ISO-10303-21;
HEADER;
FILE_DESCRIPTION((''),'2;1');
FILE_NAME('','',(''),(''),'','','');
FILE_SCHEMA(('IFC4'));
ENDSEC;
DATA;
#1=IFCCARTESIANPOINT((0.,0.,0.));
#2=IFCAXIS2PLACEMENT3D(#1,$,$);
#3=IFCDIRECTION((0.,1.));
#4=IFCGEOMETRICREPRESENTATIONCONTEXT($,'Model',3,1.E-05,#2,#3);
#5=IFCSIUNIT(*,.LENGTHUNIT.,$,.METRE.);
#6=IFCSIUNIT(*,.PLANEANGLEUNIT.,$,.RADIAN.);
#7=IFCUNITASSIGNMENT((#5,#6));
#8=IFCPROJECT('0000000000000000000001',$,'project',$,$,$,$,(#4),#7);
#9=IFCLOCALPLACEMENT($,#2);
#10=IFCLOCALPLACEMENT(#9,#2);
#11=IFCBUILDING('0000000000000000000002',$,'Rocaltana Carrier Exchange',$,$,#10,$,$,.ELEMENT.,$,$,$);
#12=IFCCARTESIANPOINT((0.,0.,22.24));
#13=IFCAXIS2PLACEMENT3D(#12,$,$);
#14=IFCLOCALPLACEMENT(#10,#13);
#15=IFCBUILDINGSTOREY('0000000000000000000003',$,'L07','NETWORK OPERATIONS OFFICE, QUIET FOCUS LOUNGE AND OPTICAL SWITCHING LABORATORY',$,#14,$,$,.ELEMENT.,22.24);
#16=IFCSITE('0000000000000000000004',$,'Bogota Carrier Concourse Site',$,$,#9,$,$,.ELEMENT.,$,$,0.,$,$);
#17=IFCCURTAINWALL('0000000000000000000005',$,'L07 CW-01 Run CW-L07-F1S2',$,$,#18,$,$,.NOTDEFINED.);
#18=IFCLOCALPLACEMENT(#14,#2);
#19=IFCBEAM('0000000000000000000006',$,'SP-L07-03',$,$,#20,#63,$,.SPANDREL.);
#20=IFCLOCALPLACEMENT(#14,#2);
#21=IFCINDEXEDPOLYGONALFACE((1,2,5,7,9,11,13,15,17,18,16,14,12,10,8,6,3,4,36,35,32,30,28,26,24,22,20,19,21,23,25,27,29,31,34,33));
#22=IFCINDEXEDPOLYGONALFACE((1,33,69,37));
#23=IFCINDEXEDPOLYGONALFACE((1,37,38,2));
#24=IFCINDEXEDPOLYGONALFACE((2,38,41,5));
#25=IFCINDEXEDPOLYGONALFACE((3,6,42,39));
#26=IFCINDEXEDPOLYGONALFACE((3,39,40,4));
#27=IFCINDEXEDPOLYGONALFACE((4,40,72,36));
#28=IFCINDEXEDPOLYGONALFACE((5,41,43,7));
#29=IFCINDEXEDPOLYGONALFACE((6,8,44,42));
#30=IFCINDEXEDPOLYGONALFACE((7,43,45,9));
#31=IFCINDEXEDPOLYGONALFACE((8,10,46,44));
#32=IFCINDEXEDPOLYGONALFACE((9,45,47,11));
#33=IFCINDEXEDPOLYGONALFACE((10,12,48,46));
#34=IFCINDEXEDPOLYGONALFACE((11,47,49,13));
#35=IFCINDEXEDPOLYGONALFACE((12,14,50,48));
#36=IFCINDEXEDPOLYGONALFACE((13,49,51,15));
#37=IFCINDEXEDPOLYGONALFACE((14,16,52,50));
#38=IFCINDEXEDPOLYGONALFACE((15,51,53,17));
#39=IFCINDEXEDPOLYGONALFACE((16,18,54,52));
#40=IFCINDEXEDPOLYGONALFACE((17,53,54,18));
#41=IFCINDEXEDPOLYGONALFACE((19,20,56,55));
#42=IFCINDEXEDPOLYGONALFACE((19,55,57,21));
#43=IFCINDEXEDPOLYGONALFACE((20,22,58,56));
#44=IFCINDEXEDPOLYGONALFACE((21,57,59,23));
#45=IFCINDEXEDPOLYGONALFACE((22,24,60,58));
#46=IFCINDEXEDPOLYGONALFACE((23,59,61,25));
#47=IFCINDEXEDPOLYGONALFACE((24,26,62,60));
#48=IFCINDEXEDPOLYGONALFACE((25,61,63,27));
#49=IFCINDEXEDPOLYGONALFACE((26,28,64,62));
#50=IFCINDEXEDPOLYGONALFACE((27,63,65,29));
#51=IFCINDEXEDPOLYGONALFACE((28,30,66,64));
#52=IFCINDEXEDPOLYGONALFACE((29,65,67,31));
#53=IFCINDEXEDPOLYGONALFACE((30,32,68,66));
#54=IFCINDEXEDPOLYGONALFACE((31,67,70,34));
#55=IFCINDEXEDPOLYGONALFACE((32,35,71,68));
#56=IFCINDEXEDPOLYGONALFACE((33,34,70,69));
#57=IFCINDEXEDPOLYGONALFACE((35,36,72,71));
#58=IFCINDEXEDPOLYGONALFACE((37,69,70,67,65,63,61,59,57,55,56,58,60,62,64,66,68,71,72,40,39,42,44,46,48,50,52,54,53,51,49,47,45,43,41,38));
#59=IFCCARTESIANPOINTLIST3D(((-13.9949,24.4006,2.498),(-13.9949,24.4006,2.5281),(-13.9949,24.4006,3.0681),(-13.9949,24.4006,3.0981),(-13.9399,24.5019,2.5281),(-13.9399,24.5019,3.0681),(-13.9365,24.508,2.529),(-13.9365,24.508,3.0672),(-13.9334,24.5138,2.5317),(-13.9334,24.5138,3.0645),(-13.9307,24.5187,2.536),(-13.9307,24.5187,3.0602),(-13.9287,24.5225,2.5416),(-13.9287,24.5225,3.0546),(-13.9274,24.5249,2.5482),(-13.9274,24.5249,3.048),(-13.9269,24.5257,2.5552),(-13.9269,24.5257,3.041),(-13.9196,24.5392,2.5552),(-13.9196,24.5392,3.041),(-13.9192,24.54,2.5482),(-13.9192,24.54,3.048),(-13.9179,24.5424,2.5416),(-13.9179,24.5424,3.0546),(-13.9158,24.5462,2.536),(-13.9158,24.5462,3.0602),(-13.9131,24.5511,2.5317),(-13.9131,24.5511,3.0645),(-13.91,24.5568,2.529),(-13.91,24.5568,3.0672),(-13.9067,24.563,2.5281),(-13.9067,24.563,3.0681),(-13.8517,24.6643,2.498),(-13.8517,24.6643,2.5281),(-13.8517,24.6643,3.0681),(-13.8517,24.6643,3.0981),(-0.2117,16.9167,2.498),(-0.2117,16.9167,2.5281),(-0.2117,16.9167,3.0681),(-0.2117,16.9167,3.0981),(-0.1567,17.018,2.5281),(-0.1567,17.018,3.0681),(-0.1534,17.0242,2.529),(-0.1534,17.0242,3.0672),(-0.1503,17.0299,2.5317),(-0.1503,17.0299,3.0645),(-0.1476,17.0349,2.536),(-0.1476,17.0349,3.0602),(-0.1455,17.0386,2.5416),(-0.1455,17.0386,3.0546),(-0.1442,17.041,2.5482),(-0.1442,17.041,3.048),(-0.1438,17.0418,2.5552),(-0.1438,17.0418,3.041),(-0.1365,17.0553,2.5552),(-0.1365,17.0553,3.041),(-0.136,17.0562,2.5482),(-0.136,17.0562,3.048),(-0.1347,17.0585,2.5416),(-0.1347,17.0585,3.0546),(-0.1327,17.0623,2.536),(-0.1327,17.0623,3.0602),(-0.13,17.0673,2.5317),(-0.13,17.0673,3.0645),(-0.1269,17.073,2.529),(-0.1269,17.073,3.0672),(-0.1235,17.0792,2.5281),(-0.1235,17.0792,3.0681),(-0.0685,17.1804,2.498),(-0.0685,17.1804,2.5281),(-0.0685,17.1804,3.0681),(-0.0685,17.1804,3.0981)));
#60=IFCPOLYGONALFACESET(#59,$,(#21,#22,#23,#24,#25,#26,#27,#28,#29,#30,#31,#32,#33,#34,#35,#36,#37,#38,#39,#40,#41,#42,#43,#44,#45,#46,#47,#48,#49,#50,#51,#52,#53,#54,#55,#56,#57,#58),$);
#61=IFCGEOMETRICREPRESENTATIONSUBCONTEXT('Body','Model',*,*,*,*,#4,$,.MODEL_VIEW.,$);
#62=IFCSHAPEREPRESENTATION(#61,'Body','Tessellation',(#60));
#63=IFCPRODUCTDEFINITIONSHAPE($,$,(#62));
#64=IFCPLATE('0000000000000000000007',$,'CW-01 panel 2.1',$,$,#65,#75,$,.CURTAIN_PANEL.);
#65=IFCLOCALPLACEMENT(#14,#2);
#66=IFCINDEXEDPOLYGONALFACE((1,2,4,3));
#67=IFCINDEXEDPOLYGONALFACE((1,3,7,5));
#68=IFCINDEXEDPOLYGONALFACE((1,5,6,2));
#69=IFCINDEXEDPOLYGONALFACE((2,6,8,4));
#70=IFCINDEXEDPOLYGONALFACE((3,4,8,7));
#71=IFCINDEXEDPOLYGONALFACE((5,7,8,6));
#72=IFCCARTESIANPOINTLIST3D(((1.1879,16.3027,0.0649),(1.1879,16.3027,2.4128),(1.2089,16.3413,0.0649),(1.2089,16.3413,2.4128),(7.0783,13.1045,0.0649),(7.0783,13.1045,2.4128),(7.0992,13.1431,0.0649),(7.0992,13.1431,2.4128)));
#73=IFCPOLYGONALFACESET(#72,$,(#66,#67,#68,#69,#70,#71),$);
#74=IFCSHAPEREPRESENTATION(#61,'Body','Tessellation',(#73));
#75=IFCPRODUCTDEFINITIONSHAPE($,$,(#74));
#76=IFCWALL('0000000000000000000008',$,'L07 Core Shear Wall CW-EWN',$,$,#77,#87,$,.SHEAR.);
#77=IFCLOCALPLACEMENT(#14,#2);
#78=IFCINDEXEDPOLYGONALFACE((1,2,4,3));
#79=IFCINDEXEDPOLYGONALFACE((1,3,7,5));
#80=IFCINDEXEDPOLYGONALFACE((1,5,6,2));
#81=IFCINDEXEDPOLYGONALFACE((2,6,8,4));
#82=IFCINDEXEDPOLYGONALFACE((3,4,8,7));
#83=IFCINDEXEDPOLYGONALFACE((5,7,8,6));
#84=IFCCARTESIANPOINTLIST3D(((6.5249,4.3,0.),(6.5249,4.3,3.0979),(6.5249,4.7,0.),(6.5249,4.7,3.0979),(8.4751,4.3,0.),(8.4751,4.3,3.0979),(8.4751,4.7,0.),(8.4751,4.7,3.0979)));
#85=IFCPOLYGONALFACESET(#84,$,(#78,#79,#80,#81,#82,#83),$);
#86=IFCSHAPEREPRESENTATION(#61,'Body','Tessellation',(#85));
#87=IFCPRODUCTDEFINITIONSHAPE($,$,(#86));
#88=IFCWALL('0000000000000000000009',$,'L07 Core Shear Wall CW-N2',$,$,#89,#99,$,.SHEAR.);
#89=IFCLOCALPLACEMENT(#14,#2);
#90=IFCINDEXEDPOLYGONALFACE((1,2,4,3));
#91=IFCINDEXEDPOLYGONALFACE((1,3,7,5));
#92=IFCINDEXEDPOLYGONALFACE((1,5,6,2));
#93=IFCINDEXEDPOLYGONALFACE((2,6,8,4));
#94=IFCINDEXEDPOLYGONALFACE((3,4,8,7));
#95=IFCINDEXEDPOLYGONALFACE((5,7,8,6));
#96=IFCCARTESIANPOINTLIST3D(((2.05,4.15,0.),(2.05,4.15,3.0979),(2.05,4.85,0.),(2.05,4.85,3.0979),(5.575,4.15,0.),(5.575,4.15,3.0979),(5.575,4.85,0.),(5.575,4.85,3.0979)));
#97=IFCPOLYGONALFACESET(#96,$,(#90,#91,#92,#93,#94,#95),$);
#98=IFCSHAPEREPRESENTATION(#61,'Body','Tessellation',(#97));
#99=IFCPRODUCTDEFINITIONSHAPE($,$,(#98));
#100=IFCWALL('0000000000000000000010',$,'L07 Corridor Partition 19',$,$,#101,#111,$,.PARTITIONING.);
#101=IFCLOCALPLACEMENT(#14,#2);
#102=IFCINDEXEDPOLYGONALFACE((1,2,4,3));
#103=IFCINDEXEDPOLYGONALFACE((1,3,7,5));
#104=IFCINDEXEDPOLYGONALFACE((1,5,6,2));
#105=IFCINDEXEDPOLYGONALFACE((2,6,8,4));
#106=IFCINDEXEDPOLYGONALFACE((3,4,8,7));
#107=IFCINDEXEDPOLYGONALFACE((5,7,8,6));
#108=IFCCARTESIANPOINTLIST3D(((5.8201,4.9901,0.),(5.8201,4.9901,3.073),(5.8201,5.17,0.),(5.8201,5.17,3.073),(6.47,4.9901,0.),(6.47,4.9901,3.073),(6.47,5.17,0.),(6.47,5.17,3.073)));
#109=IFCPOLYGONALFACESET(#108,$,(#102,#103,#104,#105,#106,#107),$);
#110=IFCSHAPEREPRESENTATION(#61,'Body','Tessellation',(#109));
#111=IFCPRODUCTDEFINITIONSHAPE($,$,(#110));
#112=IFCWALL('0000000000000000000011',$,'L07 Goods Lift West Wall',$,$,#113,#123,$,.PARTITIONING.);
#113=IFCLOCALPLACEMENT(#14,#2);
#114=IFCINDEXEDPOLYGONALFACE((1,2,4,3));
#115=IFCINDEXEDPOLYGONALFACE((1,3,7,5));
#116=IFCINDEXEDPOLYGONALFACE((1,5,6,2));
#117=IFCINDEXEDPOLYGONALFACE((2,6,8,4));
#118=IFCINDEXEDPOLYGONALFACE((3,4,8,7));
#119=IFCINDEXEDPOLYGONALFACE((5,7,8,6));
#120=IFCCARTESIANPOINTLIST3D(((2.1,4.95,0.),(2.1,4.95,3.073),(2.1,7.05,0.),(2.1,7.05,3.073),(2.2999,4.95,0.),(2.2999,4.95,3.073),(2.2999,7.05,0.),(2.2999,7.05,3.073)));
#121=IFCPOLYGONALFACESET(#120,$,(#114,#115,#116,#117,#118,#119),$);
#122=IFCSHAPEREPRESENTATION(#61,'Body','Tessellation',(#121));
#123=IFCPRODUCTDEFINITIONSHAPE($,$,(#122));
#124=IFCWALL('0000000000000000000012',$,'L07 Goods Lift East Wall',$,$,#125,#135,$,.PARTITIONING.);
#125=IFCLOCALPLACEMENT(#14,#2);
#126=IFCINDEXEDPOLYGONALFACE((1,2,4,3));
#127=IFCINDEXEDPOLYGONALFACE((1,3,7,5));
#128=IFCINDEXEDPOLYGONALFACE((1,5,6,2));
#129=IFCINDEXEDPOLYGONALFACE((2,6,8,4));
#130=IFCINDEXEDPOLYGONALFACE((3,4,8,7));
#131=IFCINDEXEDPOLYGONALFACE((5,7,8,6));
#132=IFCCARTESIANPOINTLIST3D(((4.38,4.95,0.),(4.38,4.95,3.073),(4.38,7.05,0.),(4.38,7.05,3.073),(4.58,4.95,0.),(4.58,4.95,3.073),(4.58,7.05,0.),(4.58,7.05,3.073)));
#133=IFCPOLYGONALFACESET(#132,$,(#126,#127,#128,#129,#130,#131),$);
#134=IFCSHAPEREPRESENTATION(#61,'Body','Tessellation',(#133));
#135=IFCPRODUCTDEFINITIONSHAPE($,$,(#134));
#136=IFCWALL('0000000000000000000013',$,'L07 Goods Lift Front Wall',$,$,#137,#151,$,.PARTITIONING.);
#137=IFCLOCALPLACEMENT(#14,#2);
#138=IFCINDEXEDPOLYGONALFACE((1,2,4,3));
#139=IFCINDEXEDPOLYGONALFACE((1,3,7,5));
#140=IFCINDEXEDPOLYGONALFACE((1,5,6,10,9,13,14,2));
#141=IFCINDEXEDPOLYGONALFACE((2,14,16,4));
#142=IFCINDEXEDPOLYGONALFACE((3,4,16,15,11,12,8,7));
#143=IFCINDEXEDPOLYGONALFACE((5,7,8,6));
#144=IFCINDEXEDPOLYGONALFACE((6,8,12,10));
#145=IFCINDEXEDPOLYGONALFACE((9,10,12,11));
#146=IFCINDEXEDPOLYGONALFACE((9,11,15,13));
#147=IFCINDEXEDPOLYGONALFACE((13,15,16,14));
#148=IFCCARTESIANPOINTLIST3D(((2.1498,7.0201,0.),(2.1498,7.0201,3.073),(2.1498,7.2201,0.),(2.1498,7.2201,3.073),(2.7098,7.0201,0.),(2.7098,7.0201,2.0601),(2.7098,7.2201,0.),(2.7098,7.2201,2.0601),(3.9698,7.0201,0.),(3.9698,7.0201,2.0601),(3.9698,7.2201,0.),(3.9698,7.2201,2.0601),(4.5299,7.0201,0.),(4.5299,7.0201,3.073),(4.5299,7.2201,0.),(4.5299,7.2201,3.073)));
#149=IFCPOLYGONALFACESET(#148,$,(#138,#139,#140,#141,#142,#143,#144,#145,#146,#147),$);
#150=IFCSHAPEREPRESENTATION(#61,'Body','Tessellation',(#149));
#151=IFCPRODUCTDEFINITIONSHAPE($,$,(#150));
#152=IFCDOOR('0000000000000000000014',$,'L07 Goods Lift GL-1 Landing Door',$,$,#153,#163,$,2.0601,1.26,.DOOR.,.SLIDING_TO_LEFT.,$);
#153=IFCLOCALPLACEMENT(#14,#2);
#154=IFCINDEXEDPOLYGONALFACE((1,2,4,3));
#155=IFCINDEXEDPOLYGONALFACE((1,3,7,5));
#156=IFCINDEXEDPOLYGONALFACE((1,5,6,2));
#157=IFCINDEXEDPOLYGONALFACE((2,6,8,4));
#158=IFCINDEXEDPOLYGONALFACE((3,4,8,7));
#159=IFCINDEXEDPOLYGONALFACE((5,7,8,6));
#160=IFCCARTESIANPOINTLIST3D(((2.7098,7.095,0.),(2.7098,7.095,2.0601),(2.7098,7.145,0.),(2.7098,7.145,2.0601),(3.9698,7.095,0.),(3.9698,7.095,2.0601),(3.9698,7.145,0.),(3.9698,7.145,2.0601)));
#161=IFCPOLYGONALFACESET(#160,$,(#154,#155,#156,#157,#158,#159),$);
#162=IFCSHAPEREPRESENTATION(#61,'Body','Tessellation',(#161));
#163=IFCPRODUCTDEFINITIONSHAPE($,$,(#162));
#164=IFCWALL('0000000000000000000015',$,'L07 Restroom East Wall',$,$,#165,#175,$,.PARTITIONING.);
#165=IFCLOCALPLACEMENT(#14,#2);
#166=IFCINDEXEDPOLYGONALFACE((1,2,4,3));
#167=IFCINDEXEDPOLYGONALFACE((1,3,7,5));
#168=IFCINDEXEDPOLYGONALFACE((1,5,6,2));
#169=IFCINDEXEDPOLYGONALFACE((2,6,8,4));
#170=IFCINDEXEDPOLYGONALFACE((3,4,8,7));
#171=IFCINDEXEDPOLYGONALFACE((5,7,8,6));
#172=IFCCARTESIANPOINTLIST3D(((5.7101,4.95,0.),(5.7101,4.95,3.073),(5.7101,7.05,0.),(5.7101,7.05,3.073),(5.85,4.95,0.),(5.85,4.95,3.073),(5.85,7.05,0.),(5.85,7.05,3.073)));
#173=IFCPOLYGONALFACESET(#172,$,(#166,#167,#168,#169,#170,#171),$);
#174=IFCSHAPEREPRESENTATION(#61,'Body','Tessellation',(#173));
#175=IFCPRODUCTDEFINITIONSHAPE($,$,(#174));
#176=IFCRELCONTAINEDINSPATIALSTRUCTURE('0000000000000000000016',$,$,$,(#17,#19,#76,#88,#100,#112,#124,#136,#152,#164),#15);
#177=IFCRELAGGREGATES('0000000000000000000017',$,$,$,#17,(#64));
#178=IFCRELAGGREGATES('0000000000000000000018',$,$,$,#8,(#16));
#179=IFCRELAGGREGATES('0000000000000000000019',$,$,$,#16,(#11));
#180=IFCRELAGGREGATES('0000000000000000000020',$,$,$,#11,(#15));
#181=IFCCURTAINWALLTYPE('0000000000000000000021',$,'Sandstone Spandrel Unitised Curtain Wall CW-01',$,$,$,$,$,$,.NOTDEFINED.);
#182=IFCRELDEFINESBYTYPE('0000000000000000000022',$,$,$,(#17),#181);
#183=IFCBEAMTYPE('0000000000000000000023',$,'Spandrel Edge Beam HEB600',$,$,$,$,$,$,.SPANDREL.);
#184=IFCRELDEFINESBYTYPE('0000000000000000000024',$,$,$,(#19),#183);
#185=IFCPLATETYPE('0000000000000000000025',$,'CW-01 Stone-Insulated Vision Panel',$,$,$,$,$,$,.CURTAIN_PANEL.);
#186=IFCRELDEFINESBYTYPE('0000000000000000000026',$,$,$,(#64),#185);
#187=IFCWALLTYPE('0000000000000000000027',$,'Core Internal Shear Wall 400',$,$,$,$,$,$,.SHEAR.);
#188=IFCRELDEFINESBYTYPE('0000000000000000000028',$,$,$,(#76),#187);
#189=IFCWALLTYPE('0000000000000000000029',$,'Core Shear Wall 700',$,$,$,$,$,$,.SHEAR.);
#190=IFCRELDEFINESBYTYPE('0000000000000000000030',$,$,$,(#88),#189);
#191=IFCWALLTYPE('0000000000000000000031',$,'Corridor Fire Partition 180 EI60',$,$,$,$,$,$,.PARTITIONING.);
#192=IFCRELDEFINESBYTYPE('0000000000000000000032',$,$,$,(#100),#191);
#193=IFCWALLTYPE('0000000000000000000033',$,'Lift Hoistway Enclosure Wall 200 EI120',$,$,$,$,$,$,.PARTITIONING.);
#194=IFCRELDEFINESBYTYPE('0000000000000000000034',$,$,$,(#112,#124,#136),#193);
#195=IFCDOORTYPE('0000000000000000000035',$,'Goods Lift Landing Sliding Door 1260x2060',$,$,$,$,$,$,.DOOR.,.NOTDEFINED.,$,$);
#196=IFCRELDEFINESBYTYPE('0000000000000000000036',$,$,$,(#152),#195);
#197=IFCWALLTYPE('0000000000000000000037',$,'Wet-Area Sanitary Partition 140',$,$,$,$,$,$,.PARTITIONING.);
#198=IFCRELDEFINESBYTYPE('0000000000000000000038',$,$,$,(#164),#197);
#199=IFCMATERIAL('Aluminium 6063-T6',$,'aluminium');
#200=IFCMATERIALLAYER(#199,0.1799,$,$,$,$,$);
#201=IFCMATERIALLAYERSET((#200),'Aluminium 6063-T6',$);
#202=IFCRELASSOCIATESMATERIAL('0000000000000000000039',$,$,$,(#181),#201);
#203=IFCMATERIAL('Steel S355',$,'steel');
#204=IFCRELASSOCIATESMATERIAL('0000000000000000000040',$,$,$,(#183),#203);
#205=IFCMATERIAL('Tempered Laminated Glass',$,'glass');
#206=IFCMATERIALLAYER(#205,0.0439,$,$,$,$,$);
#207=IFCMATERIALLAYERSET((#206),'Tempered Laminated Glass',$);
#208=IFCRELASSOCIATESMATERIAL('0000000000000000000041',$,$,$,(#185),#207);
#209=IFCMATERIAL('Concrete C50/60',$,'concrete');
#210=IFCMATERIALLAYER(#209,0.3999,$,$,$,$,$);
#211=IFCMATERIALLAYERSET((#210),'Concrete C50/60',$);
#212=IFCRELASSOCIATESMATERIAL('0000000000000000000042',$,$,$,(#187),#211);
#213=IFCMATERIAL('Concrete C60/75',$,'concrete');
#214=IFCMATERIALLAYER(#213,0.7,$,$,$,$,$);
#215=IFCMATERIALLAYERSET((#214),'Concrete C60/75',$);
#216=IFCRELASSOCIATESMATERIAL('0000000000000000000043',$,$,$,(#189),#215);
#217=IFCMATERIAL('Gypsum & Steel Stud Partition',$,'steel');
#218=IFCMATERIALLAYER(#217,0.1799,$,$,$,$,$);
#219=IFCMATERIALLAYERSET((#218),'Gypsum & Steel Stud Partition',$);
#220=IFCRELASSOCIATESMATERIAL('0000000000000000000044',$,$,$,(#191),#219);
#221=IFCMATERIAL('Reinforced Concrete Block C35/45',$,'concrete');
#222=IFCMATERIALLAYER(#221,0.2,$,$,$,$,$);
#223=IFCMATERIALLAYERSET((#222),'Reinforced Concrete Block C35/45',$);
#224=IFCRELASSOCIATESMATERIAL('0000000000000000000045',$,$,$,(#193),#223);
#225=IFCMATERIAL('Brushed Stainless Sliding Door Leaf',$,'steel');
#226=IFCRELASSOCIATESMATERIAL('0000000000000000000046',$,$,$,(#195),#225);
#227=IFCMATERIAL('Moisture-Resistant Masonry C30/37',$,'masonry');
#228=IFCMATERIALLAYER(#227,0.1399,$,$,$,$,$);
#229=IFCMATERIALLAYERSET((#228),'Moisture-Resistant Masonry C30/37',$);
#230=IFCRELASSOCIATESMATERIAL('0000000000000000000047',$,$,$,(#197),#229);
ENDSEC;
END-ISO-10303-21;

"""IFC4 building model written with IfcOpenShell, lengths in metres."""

from ifc_helpers import new_model, si_unit, direction, frame, frame_2d, origin, origin_2d, place, context, subcontext, project, spatial, rectangle, i_section, extrude, material, layer, layer_set, material_profile, profile_set, type_object, element, fill, aggregate, save


model = new_model("IFC4")

# Units and contexts
model_context = context("Model", 3, precision=1e-05, world=origin(), true_north=direction((0.0, 1.0)))
body_context = subcontext(model_context, "Body", "Model", "MODEL_VIEW")
ifc_project = project(units=[si_unit("LENGTHUNIT", "METRE"), si_unit("PLANEANGLEUNIT", "RADIAN")], contexts=[model_context])

# Site, building, storey
site_placement = place(None, origin())
site = spatial("IfcSite", under=ifc_project, at=site_placement, Name="Bogota Carrier Concourse Site", CompositionType="ELEMENT", RefElevation=0.0)
building_placement = place(site_placement, origin())
building = spatial("IfcBuilding", under=site, at=building_placement, Name="Rocaltana Carrier Exchange", CompositionType="ELEMENT")
storey_placement = place(building_placement, frame((0.0, 0.0, 22.24)))
storey = spatial("IfcBuildingStorey", under=building, at=storey_placement, Name="L07", Description="NETWORK OPERATIONS OFFICE, QUIET FOCUS LOUNGE AND OPTICAL SWITCHING LABORATORY", CompositionType="ELEMENT", Elevation=22.24)

# Curtain wall
ifc_material_1 = material(Name="Aluminium 6063-T6", Category="aluminium")
ifc_layer_1 = layer(ifc_material_1, 0.1799)
ifc_layer_set_1 = layer_set([ifc_layer_1], Name="Aluminium 6063-T6")
curtain_wall_type = type_object("IfcCurtainWallType", Name="Sandstone Spandrel Unitised Curtain Wall CW-01", PredefinedType="NOTDEFINED", material=ifc_layer_set_1)
curtain_wall_placement = place(storey_placement, origin())
curtain_wall = element("IfcCurtainWall", 1, at=curtain_wall_placement, inside=storey, type_object=curtain_wall_type, Name="L07 CW-01 Run CW-L07-F1S2", PredefinedType="NOTDEFINED")

# Beam
ifc_material_2 = material(Name="Steel S355", Category="steel")
ifc_material_profile_1 = material_profile(ifc_material_2, i_section(OverallWidth=0.3, OverallDepth=0.6001, WebThickness=0.0154, FlangeThickness=0.03, FilletRadius=0.0271, at=origin_2d()), Name="HEB600")
ifc_profile_set_1 = profile_set([ifc_material_profile_1], Name="Steel S355")
beam_type_1 = type_object("IfcBeamType", Name="Spandrel Edge Beam HEB600", PredefinedType="SPANDREL", material=ifc_profile_set_1)
beam_1_placement = place(storey_placement, frame((-0.1401, 17.0486, 2.7981), z_axis=(-0.878811, 0.477169, 0.0), x_axis=(-0.477169, -0.878811, 0.0)))
element("IfcBeam", 2, at=beam_1_placement, inside=storey, type_object=beam_type_1, Name="SP-L07-03", PredefinedType="SPANDREL", context=body_context, shape_type="SweptSolid", body=[
    extrude(i_section(OverallWidth=0.3, OverallDepth=0.6001, WebThickness=0.0154, FlangeThickness=0.03, FilletRadius=0.0271, at=origin_2d()), origin(), (0.0, 0.0, 1.0), 15.6838),
])

# Plate
ifc_material_3 = material(Name="Tempered Laminated Glass", Category="glass")
ifc_layer_2 = layer(ifc_material_3, 0.0439)
ifc_layer_set_2 = layer_set([ifc_layer_2], Name="Tempered Laminated Glass")
plate_type = type_object("IfcPlateType", Name="CW-01 Stone-Insulated Vision Panel", PredefinedType="CURTAIN_PANEL", material=ifc_layer_set_2)
plate_placement = place(storey_placement, frame((4.1436, 14.7229, 0.0649), z_axis=(0.0, 0.0, 1.0), x_axis=(-0.878814, 0.477164, 0.0)))
plate = element("IfcPlate", 3, at=plate_placement, type_object=plate_type, Name="CW-01 panel 2.1", PredefinedType="CURTAIN_PANEL", context=body_context, shape_type="SweptSolid", body=[
    extrude(rectangle(XDim=6.7026, YDim=0.0439, at=origin_2d()), origin(), (0.0, 0.0, 1.0), 2.3479),
])
aggregate(curtain_wall, [plate])

# Walls
ifc_material_4 = material(Name="Concrete C50/60", Category="concrete")
ifc_layer_3 = layer(ifc_material_4, 0.3999)
ifc_layer_set_3 = layer_set([ifc_layer_3], Name="Concrete C50/60")
wall_type_1 = type_object("IfcWallType", Name="Core Internal Shear Wall 400", PredefinedType="SHEAR", material=ifc_layer_set_3)
wall_1_placement = place(storey_placement, frame((6.5249, 4.5, 0.0), z_axis=(0.0, 0.0, 1.0), x_axis=(1.0, 0.0, 0.0)))
element("IfcWall", 4, at=wall_1_placement, inside=storey, type_object=wall_type_1, Name="L07 Core Shear Wall CW-EWN", PredefinedType="SHEAR", context=body_context, shape_type="SweptSolid", body=[
    extrude(rectangle(XDim=1.9502, YDim=0.3999, at=frame_2d((0.9751, 0.0))), origin(), (0.0, 0.0, 1.0), 3.0979),
])
ifc_material_5 = material(Name="Concrete C60/75", Category="concrete")
ifc_layer_4 = layer(ifc_material_5, 0.7)
ifc_layer_set_4 = layer_set([ifc_layer_4], Name="Concrete C60/75")
wall_type_2 = type_object("IfcWallType", Name="Core Shear Wall 700", PredefinedType="SHEAR", material=ifc_layer_set_4)
wall_2_placement = place(storey_placement, frame((2.05, 4.5, 0.0), z_axis=(0.0, 0.0, 1.0), x_axis=(1.0, 0.0, 0.0)))
element("IfcWall", 5, at=wall_2_placement, inside=storey, type_object=wall_type_2, Name="L07 Core Shear Wall CW-N2", PredefinedType="SHEAR", context=body_context, shape_type="SweptSolid", body=[
    extrude(rectangle(XDim=3.5249, YDim=0.7, at=frame_2d((1.7625, 0.0))), origin(), (0.0, 0.0, 1.0), 3.0979),
])
ifc_material_6 = material(Name="Gypsum & Steel Stud Partition", Category="steel")
ifc_layer_5 = layer(ifc_material_6, 0.1799)
ifc_layer_set_5 = layer_set([ifc_layer_5], Name="Gypsum & Steel Stud Partition")
wall_type_3 = type_object("IfcWallType", Name="Corridor Fire Partition 180 EI60", PredefinedType="PARTITIONING", material=ifc_layer_set_5)
wall_3_placement = place(storey_placement, frame((6.47, 5.0801, 0.0), z_axis=(0.0, 0.0, 1.0), x_axis=(-1.0, 0.0, 0.0)))
element("IfcWall", 6, at=wall_3_placement, inside=storey, type_object=wall_type_3, Name="L07 Corridor Partition 19", PredefinedType="PARTITIONING", context=body_context, shape_type="SweptSolid", body=[
    extrude(rectangle(XDim=0.6499, YDim=0.1799, at=frame_2d((0.325, 0.0))), origin(), (0.0, 0.0, 1.0), 3.073),
])
ifc_material_7 = material(Name="Reinforced Concrete Block C35/45", Category="concrete")
ifc_layer_6 = layer(ifc_material_7, 0.2)
ifc_layer_set_6 = layer_set([ifc_layer_6], Name="Reinforced Concrete Block C35/45")
wall_type_4 = type_object("IfcWallType", Name="Lift Hoistway Enclosure Wall 200 EI120", PredefinedType="PARTITIONING", material=ifc_layer_set_6)
for number, where, z_axis, x_axis, name in (
    (7, (2.2, 4.95, 0.0), (0.0, 0.0, 1.0), (0.0, 1.0, 0.0), "L07 Goods Lift West Wall"),
    (8, (4.48, 4.95, 0.0), (0.0, 0.0, 1.0), (0.0, 1.0, 0.0), "L07 Goods Lift East Wall"),
):
    element("IfcWall", number, at=place(storey_placement, frame(where, z_axis=z_axis, x_axis=x_axis)), inside=storey, type_object=wall_type_4, Name=name, PredefinedType="PARTITIONING", context=body_context, shape_type="SweptSolid", body=[
        extrude(rectangle(XDim=2.1001, YDim=0.2, at=frame_2d((1.05, 0.0))), origin(), (0.0, 0.0, 1.0), 3.073),
    ])

# Wall, opening, door
wall_4_placement = place(storey_placement, frame((2.1499, 7.1201, 0.0), z_axis=(0.0, 0.0, 1.0), x_axis=(1.0, 0.0, 0.0)))
wall_4 = element("IfcWall", 9, at=wall_4_placement, inside=storey, type_object=wall_type_4, Name="L07 Goods Lift Front Wall", PredefinedType="PARTITIONING", context=body_context, shape_type="SweptSolid", body=[
    extrude(rectangle(XDim=2.3801, YDim=0.2, at=frame_2d((1.1899, 0.0))), origin(), (0.0, 0.0, 1.0), 3.073),
])
opening_1_placement = place(wall_4_placement, frame((0.5601, 0.0, 0.0)))
opening_1 = element("IfcOpeningElement", 10, at=opening_1_placement, cuts=wall_4, PredefinedType="OPENING", context=body_context, shape_type="SweptSolid", body=[
    extrude(rectangle(XDim=1.26, YDim=2.0601, at=frame_2d((0.6299, 1.03))), frame((0.0, 0.1099, 0.0), z_axis=(0.0, -1.0, 0.0), x_axis=(1.0, 0.0, 0.0)), (0.0, 0.0, 1.0), 0.22),
])
ifc_material_8 = material(Name="Brushed Stainless Sliding Door Leaf", Category="steel")
door_type_1 = type_object("IfcDoorType", Name="Goods Lift Landing Sliding Door 1260x2060", OperationType="NOTDEFINED", PredefinedType="DOOR", material=ifc_material_8)
door_1_placement = place(opening_1_placement, origin())
door_1 = element("IfcDoor", 11, at=door_1_placement, inside=storey, type_object=door_type_1, Name="L07 Goods Lift GL-1 Landing Door", OperationType="SLIDING_TO_LEFT", OverallHeight=2.0601, OverallWidth=1.26, PredefinedType="DOOR", context=body_context, shape_type="SweptSolid", body=[
    extrude(rectangle(XDim=1.26, YDim=2.0601, at=frame_2d((0.6299, 1.03))), frame((0.0, 0.0249, 0.0), z_axis=(0.0, -1.0, 0.0), x_axis=(1.0, 0.0, 0.0)), (0.0, 0.0, 1.0), 0.05),
])
fill(opening_1, door_1)

# Wall
ifc_material_9 = material(Name="Moisture-Resistant Masonry C30/37", Category="masonry")
ifc_layer_7 = layer(ifc_material_9, 0.1399)
ifc_layer_set_7 = layer_set([ifc_layer_7], Name="Moisture-Resistant Masonry C30/37")
wall_type_5 = type_object("IfcWallType", Name="Wet-Area Sanitary Partition 140", PredefinedType="PARTITIONING", material=ifc_layer_set_7)
wall_5_placement = place(storey_placement, frame((5.78, 4.95, 0.0), z_axis=(0.0, 0.0, 1.0), x_axis=(0.0, 1.0, 0.0)))
element("IfcWall", 12, at=wall_5_placement, inside=storey, type_object=wall_type_5, Name="L07 Restroom East Wall", PredefinedType="PARTITIONING", context=body_context, shape_type="SweptSolid", body=[
    extrude(rectangle(XDim=2.1001, YDim=0.1399, at=frame_2d((1.05, 0.0))), origin(), (0.0, 0.0, 1.0), 3.073),
])

save(model, "model.ifc")
